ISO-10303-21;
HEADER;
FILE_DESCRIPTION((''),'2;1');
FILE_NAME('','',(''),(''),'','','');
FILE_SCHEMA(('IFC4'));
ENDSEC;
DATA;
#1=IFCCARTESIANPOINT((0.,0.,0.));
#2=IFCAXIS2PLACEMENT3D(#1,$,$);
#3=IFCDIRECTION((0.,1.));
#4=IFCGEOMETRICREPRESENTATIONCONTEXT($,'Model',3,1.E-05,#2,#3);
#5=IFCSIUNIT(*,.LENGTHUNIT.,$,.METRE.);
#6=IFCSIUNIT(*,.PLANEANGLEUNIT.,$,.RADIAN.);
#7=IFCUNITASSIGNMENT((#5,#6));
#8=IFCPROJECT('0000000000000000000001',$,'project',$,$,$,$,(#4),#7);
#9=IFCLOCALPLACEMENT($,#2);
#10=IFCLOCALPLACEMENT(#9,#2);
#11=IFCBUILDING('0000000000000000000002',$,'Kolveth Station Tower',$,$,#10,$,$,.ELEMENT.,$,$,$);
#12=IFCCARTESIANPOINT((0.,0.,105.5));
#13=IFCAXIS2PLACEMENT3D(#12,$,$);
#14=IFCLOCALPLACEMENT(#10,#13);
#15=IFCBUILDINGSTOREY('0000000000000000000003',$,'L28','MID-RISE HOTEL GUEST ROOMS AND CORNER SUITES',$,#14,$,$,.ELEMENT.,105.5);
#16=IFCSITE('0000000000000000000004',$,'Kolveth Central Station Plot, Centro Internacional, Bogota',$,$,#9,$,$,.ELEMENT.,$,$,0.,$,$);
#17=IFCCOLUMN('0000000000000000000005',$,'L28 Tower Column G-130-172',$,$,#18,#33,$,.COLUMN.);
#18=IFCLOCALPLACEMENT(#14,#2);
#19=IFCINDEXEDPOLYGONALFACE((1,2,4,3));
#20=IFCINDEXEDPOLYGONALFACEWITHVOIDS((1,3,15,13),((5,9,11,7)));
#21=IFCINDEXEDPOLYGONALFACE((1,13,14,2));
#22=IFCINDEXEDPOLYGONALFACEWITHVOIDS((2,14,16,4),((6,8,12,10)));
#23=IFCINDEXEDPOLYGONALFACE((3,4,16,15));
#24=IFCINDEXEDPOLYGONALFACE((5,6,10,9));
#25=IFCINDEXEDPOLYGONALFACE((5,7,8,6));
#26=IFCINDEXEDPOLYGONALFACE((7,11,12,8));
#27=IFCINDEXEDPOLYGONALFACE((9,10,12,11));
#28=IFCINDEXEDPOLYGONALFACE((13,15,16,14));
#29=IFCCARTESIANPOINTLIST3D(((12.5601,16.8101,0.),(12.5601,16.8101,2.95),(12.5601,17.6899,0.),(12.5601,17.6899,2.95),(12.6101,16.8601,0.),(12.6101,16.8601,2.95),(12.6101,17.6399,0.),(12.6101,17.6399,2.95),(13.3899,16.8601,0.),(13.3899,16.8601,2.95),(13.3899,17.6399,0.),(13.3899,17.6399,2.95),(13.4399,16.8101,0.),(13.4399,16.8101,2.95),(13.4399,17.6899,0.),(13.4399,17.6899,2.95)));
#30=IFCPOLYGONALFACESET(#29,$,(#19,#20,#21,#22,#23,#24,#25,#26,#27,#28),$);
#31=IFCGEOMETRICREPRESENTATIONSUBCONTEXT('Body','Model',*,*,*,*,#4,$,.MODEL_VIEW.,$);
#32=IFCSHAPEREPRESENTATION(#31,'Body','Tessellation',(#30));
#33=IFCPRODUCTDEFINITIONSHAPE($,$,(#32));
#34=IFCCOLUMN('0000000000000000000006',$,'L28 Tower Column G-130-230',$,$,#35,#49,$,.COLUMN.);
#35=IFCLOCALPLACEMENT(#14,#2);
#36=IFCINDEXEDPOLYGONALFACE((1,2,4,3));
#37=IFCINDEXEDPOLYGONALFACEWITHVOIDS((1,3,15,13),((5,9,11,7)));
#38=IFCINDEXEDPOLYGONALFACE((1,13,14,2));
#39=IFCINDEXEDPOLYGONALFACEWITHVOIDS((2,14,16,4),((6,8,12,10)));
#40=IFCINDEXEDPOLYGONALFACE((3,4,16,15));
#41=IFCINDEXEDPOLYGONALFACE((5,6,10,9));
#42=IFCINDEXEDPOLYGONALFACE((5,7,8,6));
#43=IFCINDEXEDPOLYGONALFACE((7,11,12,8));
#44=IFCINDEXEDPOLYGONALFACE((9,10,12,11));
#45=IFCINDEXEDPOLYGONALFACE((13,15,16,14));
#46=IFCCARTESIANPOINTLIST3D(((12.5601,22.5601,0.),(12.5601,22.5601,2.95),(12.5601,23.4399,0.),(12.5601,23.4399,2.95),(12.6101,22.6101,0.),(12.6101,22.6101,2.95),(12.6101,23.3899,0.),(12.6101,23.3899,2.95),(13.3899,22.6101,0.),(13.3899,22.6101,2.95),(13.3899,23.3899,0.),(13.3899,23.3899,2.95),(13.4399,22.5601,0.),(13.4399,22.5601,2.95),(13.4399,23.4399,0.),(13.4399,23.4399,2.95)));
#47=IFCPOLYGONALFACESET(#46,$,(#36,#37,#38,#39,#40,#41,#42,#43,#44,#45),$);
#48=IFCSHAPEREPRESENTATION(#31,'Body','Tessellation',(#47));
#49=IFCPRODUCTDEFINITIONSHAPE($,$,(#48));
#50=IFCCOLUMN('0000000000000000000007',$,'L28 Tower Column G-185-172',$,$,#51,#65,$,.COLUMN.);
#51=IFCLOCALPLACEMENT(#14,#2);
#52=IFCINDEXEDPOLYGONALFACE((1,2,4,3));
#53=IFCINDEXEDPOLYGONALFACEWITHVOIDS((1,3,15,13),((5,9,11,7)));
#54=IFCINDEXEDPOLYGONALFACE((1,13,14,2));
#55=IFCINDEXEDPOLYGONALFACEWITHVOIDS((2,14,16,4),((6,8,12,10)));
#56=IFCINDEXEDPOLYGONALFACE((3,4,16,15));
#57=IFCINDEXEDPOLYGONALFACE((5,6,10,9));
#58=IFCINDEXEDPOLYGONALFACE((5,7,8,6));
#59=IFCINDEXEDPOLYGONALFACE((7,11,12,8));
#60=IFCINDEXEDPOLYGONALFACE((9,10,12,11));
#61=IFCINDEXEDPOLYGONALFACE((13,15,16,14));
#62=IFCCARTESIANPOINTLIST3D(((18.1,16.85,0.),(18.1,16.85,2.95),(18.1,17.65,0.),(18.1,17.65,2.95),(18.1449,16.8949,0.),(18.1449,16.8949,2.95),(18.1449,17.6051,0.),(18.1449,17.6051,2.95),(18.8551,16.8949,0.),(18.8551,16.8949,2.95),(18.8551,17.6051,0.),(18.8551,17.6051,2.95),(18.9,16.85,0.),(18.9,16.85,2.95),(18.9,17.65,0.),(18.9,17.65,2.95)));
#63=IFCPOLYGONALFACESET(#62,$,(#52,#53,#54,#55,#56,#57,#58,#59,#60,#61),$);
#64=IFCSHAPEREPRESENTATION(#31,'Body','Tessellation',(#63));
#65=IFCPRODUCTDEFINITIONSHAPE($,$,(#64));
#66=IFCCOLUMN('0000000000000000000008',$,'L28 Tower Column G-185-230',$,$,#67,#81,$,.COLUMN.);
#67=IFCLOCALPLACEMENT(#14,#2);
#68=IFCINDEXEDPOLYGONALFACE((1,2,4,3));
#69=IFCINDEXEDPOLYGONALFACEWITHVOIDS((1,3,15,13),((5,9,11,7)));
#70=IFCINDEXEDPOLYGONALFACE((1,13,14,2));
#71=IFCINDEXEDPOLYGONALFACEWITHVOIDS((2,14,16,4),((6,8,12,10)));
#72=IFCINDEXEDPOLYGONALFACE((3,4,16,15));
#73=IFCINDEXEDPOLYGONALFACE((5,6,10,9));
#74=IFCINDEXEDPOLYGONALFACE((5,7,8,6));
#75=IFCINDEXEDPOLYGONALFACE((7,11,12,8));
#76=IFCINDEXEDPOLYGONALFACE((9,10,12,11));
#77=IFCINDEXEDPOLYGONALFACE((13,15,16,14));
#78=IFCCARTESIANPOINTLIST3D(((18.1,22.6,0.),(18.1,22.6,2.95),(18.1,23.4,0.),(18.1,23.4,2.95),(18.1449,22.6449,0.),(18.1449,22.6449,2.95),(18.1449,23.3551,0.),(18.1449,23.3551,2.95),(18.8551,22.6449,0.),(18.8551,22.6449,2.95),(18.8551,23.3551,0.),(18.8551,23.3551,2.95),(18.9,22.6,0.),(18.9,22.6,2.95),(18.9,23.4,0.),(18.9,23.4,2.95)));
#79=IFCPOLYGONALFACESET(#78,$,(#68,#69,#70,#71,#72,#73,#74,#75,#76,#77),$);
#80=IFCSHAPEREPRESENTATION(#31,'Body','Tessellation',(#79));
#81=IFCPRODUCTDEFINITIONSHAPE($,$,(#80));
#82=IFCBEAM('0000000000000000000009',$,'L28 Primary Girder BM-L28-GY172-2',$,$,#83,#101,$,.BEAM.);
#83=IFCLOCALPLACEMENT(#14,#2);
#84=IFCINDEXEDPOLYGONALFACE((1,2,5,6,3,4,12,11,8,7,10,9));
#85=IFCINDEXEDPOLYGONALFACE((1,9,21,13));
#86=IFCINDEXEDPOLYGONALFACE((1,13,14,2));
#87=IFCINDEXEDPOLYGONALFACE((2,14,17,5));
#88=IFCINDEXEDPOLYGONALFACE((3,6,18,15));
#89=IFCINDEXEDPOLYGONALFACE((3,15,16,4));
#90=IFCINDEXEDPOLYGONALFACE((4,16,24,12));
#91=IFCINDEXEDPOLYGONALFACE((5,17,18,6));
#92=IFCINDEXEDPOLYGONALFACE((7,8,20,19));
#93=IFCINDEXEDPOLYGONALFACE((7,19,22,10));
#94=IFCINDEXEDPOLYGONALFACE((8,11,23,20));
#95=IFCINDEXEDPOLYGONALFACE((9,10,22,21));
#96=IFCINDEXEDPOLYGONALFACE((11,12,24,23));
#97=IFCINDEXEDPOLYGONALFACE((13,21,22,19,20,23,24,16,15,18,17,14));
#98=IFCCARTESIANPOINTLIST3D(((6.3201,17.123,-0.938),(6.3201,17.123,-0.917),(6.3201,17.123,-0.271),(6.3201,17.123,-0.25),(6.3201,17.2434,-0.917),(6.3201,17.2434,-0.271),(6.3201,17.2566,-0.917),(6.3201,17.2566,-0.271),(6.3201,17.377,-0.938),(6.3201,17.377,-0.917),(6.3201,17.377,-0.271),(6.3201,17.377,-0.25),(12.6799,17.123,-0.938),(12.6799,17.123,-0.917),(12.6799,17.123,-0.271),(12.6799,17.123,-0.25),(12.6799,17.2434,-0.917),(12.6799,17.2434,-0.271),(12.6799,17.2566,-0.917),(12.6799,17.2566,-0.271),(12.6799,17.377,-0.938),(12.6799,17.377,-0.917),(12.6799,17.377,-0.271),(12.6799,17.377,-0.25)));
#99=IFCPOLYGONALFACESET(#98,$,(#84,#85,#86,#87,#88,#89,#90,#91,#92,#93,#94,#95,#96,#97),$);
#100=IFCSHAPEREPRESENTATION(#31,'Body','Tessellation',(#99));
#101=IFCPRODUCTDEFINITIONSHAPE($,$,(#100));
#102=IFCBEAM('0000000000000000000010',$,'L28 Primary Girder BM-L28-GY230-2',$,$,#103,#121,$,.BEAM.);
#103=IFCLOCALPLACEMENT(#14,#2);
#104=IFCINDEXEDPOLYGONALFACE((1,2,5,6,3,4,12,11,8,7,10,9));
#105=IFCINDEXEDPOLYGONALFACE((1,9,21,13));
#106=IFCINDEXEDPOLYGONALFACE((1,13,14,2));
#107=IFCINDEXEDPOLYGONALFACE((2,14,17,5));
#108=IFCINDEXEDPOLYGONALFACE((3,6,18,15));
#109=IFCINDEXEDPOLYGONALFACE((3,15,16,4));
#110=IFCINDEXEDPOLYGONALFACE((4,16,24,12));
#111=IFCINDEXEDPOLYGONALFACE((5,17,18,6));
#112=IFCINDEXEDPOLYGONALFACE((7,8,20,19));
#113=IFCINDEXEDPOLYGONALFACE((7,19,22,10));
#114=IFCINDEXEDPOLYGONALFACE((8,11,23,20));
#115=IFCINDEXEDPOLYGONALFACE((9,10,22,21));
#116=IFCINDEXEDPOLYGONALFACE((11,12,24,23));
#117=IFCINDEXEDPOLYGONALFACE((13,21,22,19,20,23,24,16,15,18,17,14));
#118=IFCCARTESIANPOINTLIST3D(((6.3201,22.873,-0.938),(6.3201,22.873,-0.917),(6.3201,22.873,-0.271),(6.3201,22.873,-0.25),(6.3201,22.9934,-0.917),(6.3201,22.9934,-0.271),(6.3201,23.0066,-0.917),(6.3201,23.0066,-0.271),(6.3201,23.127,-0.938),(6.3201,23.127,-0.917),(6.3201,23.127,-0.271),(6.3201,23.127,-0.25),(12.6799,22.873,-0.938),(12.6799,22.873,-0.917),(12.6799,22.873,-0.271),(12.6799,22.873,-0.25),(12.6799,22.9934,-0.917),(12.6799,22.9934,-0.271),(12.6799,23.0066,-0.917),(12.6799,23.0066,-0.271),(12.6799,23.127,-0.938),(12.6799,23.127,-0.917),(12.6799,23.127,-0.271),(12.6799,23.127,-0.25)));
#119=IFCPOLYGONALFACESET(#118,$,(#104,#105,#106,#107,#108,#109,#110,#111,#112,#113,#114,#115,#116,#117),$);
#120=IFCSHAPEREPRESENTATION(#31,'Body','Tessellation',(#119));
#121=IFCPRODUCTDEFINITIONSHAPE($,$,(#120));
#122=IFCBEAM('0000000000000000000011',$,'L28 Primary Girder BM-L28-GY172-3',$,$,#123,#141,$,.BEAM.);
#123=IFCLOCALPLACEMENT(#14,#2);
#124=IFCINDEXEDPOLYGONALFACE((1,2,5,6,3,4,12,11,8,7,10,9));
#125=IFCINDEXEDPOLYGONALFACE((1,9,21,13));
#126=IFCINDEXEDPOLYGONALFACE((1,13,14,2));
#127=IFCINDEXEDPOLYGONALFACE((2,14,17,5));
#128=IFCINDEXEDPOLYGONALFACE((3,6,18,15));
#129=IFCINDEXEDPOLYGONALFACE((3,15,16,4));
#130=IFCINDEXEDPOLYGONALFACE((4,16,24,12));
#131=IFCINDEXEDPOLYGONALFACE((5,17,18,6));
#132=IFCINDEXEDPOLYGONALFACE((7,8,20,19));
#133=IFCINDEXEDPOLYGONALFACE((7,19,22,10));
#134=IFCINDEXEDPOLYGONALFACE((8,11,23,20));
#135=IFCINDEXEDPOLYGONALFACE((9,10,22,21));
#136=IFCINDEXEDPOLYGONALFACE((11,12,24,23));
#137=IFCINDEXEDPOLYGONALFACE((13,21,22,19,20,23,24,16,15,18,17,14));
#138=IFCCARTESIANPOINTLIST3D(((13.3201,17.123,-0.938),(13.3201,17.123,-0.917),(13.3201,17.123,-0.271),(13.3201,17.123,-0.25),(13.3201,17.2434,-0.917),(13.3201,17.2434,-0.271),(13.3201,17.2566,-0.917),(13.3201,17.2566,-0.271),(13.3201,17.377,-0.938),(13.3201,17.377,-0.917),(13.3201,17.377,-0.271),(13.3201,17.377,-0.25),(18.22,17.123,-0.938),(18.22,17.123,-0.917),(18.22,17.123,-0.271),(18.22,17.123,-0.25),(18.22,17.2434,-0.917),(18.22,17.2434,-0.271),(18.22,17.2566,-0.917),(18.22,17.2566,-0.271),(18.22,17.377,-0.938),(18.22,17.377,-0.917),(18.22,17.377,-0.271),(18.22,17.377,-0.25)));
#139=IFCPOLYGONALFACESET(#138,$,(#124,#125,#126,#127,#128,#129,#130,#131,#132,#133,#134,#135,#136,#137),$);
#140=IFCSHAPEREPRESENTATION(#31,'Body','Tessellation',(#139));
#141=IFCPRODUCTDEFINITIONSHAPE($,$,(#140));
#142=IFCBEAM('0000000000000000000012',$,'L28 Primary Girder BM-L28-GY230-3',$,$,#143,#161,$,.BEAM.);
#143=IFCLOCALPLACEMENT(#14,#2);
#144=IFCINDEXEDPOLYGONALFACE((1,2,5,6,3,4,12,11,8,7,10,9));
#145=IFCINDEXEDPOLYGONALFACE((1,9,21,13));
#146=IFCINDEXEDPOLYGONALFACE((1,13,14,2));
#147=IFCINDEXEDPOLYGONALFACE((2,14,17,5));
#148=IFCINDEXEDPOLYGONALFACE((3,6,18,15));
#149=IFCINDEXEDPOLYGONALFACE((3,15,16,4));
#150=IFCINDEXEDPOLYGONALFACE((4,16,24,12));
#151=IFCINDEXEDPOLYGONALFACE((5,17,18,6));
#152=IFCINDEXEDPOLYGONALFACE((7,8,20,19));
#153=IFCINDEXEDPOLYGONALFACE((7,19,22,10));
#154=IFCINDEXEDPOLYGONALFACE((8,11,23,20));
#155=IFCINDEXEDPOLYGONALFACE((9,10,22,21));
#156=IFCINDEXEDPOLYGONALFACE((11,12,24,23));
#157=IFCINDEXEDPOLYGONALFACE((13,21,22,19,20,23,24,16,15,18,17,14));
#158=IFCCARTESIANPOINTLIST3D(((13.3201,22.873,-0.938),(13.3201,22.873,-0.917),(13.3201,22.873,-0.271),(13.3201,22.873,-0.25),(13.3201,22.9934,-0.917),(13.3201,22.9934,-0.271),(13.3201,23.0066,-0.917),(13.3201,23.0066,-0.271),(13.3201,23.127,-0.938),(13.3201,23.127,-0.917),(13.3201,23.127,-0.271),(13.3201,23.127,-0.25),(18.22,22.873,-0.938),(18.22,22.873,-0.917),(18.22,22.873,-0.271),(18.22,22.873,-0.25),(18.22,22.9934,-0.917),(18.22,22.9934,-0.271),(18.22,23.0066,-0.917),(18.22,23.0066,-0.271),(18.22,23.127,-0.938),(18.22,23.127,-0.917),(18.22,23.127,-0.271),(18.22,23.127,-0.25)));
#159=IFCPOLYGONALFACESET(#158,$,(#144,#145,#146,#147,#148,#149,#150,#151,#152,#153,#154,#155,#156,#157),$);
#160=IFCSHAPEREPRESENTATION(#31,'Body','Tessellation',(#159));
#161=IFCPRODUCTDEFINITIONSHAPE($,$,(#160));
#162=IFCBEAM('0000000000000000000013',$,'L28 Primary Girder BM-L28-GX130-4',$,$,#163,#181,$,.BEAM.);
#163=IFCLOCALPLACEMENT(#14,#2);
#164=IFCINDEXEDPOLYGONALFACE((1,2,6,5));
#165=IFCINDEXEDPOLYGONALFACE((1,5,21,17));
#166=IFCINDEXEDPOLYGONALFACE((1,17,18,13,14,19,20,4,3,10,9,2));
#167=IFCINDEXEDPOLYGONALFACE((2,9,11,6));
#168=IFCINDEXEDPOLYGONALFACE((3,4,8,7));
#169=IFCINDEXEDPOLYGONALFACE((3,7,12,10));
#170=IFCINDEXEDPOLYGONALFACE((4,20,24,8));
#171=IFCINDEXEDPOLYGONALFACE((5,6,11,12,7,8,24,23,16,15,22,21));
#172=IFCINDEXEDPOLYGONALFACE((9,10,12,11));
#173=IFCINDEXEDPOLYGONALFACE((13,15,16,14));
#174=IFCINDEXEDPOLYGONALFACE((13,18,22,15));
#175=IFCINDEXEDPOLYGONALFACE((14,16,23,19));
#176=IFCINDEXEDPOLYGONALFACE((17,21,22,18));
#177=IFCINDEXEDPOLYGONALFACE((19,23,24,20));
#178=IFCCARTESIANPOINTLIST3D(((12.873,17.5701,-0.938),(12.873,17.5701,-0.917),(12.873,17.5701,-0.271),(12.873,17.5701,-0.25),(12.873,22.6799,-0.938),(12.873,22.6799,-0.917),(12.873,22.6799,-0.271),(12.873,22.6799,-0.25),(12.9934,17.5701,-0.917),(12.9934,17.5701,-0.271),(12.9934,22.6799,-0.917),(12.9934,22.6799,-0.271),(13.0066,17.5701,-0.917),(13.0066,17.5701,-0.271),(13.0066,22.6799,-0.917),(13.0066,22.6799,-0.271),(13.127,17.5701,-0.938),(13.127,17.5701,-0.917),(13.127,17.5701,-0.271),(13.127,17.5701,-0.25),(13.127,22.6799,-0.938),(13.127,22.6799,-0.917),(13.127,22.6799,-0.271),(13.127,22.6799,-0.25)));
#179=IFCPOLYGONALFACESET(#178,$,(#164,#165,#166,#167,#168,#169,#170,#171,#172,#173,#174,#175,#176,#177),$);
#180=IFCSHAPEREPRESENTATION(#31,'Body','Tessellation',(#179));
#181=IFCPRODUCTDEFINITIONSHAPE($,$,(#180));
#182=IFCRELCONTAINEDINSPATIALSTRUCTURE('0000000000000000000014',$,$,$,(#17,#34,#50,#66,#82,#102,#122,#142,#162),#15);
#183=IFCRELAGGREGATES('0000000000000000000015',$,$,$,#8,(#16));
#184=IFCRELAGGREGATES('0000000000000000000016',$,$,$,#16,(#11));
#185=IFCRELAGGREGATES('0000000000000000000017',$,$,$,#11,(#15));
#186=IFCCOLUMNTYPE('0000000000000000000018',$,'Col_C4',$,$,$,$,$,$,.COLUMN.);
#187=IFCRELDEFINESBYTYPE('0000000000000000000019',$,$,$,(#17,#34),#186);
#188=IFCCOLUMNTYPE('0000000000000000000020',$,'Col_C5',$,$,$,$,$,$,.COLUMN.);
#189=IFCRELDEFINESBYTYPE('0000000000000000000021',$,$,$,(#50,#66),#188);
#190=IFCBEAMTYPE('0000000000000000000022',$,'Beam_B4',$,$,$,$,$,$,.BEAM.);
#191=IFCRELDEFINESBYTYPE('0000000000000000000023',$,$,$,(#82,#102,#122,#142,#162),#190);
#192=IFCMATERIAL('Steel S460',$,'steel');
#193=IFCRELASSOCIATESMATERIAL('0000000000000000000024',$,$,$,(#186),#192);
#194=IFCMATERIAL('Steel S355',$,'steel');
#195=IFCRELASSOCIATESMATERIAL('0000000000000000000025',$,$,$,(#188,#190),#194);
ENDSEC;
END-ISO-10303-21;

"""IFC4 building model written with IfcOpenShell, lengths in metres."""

from ifc_helpers import new_model, si_unit, direction, frame, origin, origin_2d, place, context, subcontext, project, spatial, hollow_rectangle, i_section, extrude, source, transform, mapped, material, material_profile, profile_set, type_object, element, save


model = new_model("IFC4")

# Units and contexts
model_context = context("Model", 3, precision=1e-05, world=origin(), true_north=direction((0.0, 1.0)))
body_context = subcontext(model_context, "Body", "Model", "MODEL_VIEW")
ifc_project = project(units=[si_unit("LENGTHUNIT", "METRE"), si_unit("PLANEANGLEUNIT", "RADIAN")], contexts=[model_context])

# Site, building, storey
site_placement = place(None, origin())
site = spatial("IfcSite", under=ifc_project, at=site_placement, Name="Kolveth Central Station Plot, Centro Internacional, Bogota", CompositionType="ELEMENT", RefElevation=0.0)
building_placement = place(site_placement, origin())
building = spatial("IfcBuilding", under=site, at=building_placement, Name="Kolveth Station Tower", CompositionType="ELEMENT")
storey_placement = place(building_placement, frame((0.0, 0.0, 105.5)))
storey = spatial("IfcBuildingStorey", under=building, at=storey_placement, Name="L28", Description="MID-RISE HOTEL GUEST ROOMS AND CORNER SUITES", CompositionType="ELEMENT", Elevation=105.5)

# Columns
ifc_material_1 = material(Name="Steel S460", Category="steel")
ifc_material_profile_1 = material_profile(ifc_material_1, hollow_rectangle(XDim=0.8799, YDim=0.8799, WallThickness=0.05, at=origin_2d()), Name="BOX880x880x50")
ifc_profile_set_1 = profile_set([ifc_material_profile_1], Name="Steel S460")
column_type_1 = type_object("IfcColumnType", Name="Col_C4", PredefinedType="COLUMN", material=ifc_profile_set_1)
shared_shape_1 = source(origin(), body_context, "Body", "SweptSolid", [
    extrude(hollow_rectangle(XDim=0.8799, YDim=0.8799, WallThickness=0.05, at=origin_2d()), origin(), (0.0, 0.0, 1.0), 2.95),
])
for number, where, z_axis, x_axis, name in (
    (1, (13.0, 17.25, 0.0), (0.0, 0.0, 1.0), (1.0, 0.0, 0.0), "L28 Tower Column G-130-172"),
    (2, (13.0, 23.0, 0.0), (0.0, 0.0, 1.0), (1.0, 0.0, 0.0), "L28 Tower Column G-130-230"),
):
    element("IfcColumn", number, at=place(storey_placement, frame(where, z_axis=z_axis, x_axis=x_axis)), inside=storey, type_object=column_type_1, Name=name, PredefinedType="COLUMN", context=body_context, shape_type="MappedRepresentation", body=[
        mapped(shared_shape_1, transform((0.0, 0.0, 0.0), x_axis=(1.0, 0.0, 0.0), y_axis=(0.0, 1.0, 0.0), z_axis=(0.0, 0.0, 1.0), scale=1.0)),
    ])
ifc_material_2 = material(Name="Steel S355", Category="steel")
ifc_material_profile_2 = material_profile(ifc_material_2, hollow_rectangle(XDim=0.8, YDim=0.8, WallThickness=0.0449, at=origin_2d()), Name="BOX800x800x45")
ifc_profile_set_2 = profile_set([ifc_material_profile_2], Name="Steel S355")
column_type_2 = type_object("IfcColumnType", Name="Col_C5", PredefinedType="COLUMN", material=ifc_profile_set_2)
shared_shape_2 = source(origin(), body_context, "Body", "SweptSolid", [
    extrude(hollow_rectangle(XDim=0.8, YDim=0.8, WallThickness=0.0449, at=origin_2d()), origin(), (0.0, 0.0, 1.0), 2.95),
])
for number, where, z_axis, x_axis, name in (
    (3, (18.5, 17.25, 0.0), (0.0, 0.0, 1.0), (1.0, 0.0, 0.0), "L28 Tower Column G-185-172"),
    (4, (18.5, 23.0, 0.0), (0.0, 0.0, 1.0), (1.0, 0.0, 0.0), "L28 Tower Column G-185-230"),
):
    element("IfcColumn", number, at=place(storey_placement, frame(where, z_axis=z_axis, x_axis=x_axis)), inside=storey, type_object=column_type_2, Name=name, PredefinedType="COLUMN", context=body_context, shape_type="MappedRepresentation", body=[
        mapped(shared_shape_2, transform((0.0, 0.0, 0.0), x_axis=(1.0, 0.0, 0.0), y_axis=(0.0, 1.0, 0.0), z_axis=(0.0, 0.0, 1.0), scale=1.0)),
    ])

# Beams
ifc_material_profile_3 = material_profile(ifc_material_2, i_section(OverallWidth=0.2539, OverallDepth=0.688, WebThickness=0.0132, FlangeThickness=0.021, at=origin_2d()), Name="W690x152")
ifc_profile_set_3 = profile_set([ifc_material_profile_3], Name="Steel S355")
beam_type_1 = type_object("IfcBeamType", Name="Beam_B4", PredefinedType="BEAM", material=ifc_profile_set_3)
shared_shape_3 = source(origin(), body_context, "Body", "SweptSolid", [
    extrude(i_section(OverallWidth=0.2539, OverallDepth=0.688, WebThickness=0.0132, FlangeThickness=0.021, at=origin_2d()), origin(), (0.0, 0.0, 1.0), 6.3599),
])
for number, where, z_axis, x_axis, name in (
    (5, (6.3201, 17.25, -0.594), (1.0, 0.0, 0.0), (0.0, 1.0, 0.0), "L28 Primary Girder BM-L28-GY172-2"),
    (6, (6.3201, 23.0, -0.594), (1.0, 0.0, 0.0), (0.0, 1.0, 0.0), "L28 Primary Girder BM-L28-GY230-2"),
):
    element("IfcBeam", number, at=place(storey_placement, frame(where, z_axis=z_axis, x_axis=x_axis)), inside=storey, type_object=beam_type_1, Name=name, PredefinedType="BEAM", context=body_context, shape_type="MappedRepresentation", body=[
        mapped(shared_shape_3, transform((0.0, 0.0, 0.0), x_axis=(1.0, 0.0, 0.0), y_axis=(0.0, 1.0, 0.0), z_axis=(0.0, 0.0, 1.0), scale=1.0)),
    ])
shared_shape_4 = source(origin(), body_context, "Body", "SweptSolid", [
    extrude(i_section(OverallWidth=0.2539, OverallDepth=0.688, WebThickness=0.0132, FlangeThickness=0.021, at=origin_2d()), origin(), (0.0, 0.0, 1.0), 4.8999),
])
for number, where, z_axis, x_axis, name in (
    (7, (13.3201, 17.25, -0.594), (1.0, 0.0, 0.0), (0.0, 1.0, 0.0), "L28 Primary Girder BM-L28-GY172-3"),
    (8, (13.3201, 23.0, -0.594), (1.0, 0.0, 0.0), (0.0, 1.0, 0.0), "L28 Primary Girder BM-L28-GY230-3"),
):
    element("IfcBeam", number, at=place(storey_placement, frame(where, z_axis=z_axis, x_axis=x_axis)), inside=storey, type_object=beam_type_1, Name=name, PredefinedType="BEAM", context=body_context, shape_type="MappedRepresentation", body=[
        mapped(shared_shape_4, transform((0.0, 0.0, 0.0), x_axis=(1.0, 0.0, 0.0), y_axis=(0.0, 1.0, 0.0), z_axis=(0.0, 0.0, 1.0), scale=1.0)),
    ])
shared_shape_5 = source(origin(), body_context, "Body", "SweptSolid", [
    extrude(i_section(OverallWidth=0.2539, OverallDepth=0.688, WebThickness=0.0132, FlangeThickness=0.021, at=origin_2d()), origin(), (0.0, 0.0, 1.0), 5.1099),
])
for number, where, z_axis, x_axis, name in (
    (9, (13.0, 17.5701, -0.594), (0.0, 1.0, 0.0), (-1.0, 0.0, 0.0), "L28 Primary Girder BM-L28-GX130-4"),
):
    element("IfcBeam", number, at=place(storey_placement, frame(where, z_axis=z_axis, x_axis=x_axis)), inside=storey, type_object=beam_type_1, Name=name, PredefinedType="BEAM", context=body_context, shape_type="MappedRepresentation", body=[
        mapped(shared_shape_5, transform((0.0, 0.0, 0.0), x_axis=(1.0, 0.0, 0.0), y_axis=(0.0, 1.0, 0.0), z_axis=(0.0, 0.0, 1.0), scale=1.0)),
    ])

save(model, "model.ifc")
